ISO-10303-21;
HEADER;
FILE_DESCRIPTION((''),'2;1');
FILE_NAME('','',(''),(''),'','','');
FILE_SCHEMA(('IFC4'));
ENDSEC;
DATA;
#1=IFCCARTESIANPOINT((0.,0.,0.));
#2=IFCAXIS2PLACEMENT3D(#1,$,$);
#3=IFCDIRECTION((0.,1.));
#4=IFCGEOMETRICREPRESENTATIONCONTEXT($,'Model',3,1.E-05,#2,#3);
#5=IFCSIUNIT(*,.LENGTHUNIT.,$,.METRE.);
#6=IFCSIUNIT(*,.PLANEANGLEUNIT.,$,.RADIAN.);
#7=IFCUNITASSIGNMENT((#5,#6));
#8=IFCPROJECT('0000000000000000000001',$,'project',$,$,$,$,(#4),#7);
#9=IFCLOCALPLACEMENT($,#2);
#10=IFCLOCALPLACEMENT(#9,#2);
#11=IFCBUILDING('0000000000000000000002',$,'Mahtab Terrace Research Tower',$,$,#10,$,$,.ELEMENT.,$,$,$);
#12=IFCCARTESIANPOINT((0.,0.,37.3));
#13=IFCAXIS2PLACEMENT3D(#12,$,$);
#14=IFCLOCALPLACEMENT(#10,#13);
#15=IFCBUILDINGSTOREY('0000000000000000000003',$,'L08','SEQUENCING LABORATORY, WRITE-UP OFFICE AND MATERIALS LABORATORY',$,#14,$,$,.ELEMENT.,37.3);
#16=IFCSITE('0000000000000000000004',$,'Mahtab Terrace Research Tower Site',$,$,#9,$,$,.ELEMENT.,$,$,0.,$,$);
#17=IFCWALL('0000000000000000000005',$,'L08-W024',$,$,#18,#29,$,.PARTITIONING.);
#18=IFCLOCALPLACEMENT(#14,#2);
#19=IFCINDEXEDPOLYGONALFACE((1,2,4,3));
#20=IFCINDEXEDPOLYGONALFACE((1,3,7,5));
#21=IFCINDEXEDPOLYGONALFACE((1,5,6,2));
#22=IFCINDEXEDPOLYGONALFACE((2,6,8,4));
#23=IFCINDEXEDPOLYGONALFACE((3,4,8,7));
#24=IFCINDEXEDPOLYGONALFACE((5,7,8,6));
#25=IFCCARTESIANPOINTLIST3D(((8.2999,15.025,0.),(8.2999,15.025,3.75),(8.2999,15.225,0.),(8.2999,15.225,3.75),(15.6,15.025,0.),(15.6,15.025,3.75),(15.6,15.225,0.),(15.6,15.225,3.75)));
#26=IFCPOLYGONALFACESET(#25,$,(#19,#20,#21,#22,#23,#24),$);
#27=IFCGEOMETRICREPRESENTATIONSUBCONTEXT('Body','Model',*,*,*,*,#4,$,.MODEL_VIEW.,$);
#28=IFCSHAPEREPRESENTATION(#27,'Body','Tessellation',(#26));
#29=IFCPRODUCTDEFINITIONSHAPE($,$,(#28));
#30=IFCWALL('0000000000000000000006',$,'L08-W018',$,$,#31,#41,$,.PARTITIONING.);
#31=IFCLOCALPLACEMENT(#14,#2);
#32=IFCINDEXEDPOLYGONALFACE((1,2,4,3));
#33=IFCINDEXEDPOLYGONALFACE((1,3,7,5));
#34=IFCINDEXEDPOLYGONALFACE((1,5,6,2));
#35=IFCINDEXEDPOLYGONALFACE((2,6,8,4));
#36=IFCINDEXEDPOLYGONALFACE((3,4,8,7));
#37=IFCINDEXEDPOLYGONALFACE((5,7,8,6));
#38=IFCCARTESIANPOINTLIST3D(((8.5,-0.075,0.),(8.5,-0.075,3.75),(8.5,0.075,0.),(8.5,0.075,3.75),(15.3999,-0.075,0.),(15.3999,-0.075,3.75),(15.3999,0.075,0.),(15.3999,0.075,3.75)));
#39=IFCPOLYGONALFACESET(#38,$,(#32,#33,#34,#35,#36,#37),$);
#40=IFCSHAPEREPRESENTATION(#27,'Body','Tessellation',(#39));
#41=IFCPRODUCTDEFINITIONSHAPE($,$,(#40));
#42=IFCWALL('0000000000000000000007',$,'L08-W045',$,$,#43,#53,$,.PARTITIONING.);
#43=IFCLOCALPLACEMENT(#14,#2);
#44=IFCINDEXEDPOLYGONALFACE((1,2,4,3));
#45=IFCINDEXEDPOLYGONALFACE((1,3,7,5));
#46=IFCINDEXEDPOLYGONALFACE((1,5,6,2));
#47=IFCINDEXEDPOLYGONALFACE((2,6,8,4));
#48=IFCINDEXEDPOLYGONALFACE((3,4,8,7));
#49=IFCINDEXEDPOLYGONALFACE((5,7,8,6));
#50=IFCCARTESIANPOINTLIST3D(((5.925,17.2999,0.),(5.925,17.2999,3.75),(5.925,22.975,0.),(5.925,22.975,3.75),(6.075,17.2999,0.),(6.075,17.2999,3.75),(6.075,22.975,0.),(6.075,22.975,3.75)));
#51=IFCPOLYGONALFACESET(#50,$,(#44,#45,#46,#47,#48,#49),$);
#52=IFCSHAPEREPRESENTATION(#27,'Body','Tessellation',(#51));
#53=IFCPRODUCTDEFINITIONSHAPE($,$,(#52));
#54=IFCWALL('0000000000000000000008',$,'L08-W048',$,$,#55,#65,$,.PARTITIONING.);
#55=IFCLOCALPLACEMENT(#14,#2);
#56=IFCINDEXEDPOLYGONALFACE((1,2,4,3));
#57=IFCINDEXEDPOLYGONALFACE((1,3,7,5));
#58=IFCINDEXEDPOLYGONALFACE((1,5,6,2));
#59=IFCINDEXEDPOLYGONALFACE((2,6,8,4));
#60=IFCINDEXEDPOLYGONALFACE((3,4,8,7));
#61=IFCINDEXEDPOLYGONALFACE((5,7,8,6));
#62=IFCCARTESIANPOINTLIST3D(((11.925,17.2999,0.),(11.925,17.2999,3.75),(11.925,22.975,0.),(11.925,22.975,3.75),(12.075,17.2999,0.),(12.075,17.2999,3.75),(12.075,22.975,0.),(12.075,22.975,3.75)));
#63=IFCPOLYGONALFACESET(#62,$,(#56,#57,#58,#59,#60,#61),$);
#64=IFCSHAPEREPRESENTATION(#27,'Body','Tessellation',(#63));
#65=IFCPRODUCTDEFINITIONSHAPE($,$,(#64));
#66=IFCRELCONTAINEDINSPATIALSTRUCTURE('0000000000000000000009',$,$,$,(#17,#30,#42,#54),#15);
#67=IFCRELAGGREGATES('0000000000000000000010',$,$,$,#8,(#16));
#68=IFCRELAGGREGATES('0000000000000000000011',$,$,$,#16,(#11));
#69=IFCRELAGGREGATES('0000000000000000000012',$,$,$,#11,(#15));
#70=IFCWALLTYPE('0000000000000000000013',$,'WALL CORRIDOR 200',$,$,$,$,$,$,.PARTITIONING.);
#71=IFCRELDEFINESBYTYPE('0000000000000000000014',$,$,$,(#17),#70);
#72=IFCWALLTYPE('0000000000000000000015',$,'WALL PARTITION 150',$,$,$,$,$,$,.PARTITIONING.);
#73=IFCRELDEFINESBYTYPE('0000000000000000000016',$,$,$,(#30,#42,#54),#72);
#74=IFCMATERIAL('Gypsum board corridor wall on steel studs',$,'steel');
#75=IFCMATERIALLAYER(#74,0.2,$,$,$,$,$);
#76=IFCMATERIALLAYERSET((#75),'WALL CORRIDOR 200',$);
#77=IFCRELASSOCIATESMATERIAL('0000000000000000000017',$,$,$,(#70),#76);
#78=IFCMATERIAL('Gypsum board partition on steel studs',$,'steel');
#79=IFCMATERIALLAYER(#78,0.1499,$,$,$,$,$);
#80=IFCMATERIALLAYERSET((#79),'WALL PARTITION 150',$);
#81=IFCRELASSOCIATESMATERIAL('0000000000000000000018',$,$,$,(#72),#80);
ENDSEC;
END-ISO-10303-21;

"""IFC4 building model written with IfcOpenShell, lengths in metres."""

from ifc_helpers import new_model, si_unit, direction, frame, frame_2d, origin, place, context, subcontext, project, spatial, rectangle, extrude, material, layer, layer_set, type_object, element, save


model = new_model("IFC4")

# Units and contexts
model_context = context("Model", 3, precision=1e-05, world=origin(), true_north=direction((0.0, 1.0)))
body_context = subcontext(model_context, "Body", "Model", "MODEL_VIEW")
ifc_project = project(units=[si_unit("LENGTHUNIT", "METRE"), si_unit("PLANEANGLEUNIT", "RADIAN")], contexts=[model_context])

# Site, building, storey
site_placement = place(None, origin())
site = spatial("IfcSite", under=ifc_project, at=site_placement, Name="Mahtab Terrace Research Tower Site", CompositionType="ELEMENT", RefElevation=0.0)
building_placement = place(site_placement, origin())
building = spatial("IfcBuilding", under=site, at=building_placement, Name="Mahtab Terrace Research Tower", CompositionType="ELEMENT")
storey_placement = place(building_placement, frame((0.0, 0.0, 37.3)))
storey = spatial("IfcBuildingStorey", under=building, at=storey_placement, Name="L08", Description="SEQUENCING LABORATORY, WRITE-UP OFFICE AND MATERIALS LABORATORY", CompositionType="ELEMENT", Elevation=37.3)

# Walls
ifc_material_1 = material(Name="Gypsum board corridor wall on steel studs", Category="steel")
ifc_layer_1 = layer(ifc_material_1, 0.2)
ifc_layer_set_1 = layer_set([ifc_layer_1], Name="WALL CORRIDOR 200")
wall_type_1 = type_object("IfcWallType", Name="WALL CORRIDOR 200", PredefinedType="PARTITIONING", material=ifc_layer_set_1)
wall_1_placement = place(storey_placement, frame((8.3, 15.125, 0.0), z_axis=(0.0, 0.0, 1.0), x_axis=(1.0, 0.0, 0.0)))
element("IfcWall", 1, at=wall_1_placement, inside=storey, type_object=wall_type_1, Name="L08-W024", PredefinedType="PARTITIONING", context=body_context, shape_type="SweptSolid", body=[
    extrude(rectangle(XDim=7.3, YDim=0.2, at=frame_2d((3.6499, 0.0))), origin(), (0.0, 0.0, 1.0), 3.75),
])
ifc_material_2 = material(Name="Gypsum board partition on steel studs", Category="steel")
ifc_layer_2 = layer(ifc_material_2, 0.1499)
ifc_layer_set_2 = layer_set([ifc_layer_2], Name="WALL PARTITION 150")
wall_type_2 = type_object("IfcWallType", Name="WALL PARTITION 150", PredefinedType="PARTITIONING", material=ifc_layer_set_2)
wall_2_placement = place(storey_placement, frame((8.5, 0.0, 0.0), z_axis=(0.0, 0.0, 1.0), x_axis=(1.0, 0.0, 0.0)))
element("IfcWall", 2, at=wall_2_placement, inside=storey, type_object=wall_type_2, Name="L08-W018", PredefinedType="PARTITIONING", context=body_context, shape_type="SweptSolid", body=[
    extrude(rectangle(XDim=6.8999, YDim=0.1499, at=frame_2d((3.45, 0.0))), origin(), (0.0, 0.0, 1.0), 3.75),
])
for number, where, z_axis, x_axis, name in (
    (3, (6.0, 17.3, 0.0), (0.0, 0.0, 1.0), (0.0, 1.0, 0.0), "L08-W045"),
    (4, (12.0, 17.3, 0.0), (0.0, 0.0, 1.0), (0.0, 1.0, 0.0), "L08-W048"),
):
    element("IfcWall", number, at=place(storey_placement, frame(where, z_axis=z_axis, x_axis=x_axis)), inside=storey, type_object=wall_type_2, Name=name, PredefinedType="PARTITIONING", context=body_context, shape_type="SweptSolid", body=[
        extrude(rectangle(XDim=5.675, YDim=0.1499, at=frame_2d((2.8374, 0.0))), origin(), (0.0, 0.0, 1.0), 3.75),
    ])

save(model, "model.ifc")
